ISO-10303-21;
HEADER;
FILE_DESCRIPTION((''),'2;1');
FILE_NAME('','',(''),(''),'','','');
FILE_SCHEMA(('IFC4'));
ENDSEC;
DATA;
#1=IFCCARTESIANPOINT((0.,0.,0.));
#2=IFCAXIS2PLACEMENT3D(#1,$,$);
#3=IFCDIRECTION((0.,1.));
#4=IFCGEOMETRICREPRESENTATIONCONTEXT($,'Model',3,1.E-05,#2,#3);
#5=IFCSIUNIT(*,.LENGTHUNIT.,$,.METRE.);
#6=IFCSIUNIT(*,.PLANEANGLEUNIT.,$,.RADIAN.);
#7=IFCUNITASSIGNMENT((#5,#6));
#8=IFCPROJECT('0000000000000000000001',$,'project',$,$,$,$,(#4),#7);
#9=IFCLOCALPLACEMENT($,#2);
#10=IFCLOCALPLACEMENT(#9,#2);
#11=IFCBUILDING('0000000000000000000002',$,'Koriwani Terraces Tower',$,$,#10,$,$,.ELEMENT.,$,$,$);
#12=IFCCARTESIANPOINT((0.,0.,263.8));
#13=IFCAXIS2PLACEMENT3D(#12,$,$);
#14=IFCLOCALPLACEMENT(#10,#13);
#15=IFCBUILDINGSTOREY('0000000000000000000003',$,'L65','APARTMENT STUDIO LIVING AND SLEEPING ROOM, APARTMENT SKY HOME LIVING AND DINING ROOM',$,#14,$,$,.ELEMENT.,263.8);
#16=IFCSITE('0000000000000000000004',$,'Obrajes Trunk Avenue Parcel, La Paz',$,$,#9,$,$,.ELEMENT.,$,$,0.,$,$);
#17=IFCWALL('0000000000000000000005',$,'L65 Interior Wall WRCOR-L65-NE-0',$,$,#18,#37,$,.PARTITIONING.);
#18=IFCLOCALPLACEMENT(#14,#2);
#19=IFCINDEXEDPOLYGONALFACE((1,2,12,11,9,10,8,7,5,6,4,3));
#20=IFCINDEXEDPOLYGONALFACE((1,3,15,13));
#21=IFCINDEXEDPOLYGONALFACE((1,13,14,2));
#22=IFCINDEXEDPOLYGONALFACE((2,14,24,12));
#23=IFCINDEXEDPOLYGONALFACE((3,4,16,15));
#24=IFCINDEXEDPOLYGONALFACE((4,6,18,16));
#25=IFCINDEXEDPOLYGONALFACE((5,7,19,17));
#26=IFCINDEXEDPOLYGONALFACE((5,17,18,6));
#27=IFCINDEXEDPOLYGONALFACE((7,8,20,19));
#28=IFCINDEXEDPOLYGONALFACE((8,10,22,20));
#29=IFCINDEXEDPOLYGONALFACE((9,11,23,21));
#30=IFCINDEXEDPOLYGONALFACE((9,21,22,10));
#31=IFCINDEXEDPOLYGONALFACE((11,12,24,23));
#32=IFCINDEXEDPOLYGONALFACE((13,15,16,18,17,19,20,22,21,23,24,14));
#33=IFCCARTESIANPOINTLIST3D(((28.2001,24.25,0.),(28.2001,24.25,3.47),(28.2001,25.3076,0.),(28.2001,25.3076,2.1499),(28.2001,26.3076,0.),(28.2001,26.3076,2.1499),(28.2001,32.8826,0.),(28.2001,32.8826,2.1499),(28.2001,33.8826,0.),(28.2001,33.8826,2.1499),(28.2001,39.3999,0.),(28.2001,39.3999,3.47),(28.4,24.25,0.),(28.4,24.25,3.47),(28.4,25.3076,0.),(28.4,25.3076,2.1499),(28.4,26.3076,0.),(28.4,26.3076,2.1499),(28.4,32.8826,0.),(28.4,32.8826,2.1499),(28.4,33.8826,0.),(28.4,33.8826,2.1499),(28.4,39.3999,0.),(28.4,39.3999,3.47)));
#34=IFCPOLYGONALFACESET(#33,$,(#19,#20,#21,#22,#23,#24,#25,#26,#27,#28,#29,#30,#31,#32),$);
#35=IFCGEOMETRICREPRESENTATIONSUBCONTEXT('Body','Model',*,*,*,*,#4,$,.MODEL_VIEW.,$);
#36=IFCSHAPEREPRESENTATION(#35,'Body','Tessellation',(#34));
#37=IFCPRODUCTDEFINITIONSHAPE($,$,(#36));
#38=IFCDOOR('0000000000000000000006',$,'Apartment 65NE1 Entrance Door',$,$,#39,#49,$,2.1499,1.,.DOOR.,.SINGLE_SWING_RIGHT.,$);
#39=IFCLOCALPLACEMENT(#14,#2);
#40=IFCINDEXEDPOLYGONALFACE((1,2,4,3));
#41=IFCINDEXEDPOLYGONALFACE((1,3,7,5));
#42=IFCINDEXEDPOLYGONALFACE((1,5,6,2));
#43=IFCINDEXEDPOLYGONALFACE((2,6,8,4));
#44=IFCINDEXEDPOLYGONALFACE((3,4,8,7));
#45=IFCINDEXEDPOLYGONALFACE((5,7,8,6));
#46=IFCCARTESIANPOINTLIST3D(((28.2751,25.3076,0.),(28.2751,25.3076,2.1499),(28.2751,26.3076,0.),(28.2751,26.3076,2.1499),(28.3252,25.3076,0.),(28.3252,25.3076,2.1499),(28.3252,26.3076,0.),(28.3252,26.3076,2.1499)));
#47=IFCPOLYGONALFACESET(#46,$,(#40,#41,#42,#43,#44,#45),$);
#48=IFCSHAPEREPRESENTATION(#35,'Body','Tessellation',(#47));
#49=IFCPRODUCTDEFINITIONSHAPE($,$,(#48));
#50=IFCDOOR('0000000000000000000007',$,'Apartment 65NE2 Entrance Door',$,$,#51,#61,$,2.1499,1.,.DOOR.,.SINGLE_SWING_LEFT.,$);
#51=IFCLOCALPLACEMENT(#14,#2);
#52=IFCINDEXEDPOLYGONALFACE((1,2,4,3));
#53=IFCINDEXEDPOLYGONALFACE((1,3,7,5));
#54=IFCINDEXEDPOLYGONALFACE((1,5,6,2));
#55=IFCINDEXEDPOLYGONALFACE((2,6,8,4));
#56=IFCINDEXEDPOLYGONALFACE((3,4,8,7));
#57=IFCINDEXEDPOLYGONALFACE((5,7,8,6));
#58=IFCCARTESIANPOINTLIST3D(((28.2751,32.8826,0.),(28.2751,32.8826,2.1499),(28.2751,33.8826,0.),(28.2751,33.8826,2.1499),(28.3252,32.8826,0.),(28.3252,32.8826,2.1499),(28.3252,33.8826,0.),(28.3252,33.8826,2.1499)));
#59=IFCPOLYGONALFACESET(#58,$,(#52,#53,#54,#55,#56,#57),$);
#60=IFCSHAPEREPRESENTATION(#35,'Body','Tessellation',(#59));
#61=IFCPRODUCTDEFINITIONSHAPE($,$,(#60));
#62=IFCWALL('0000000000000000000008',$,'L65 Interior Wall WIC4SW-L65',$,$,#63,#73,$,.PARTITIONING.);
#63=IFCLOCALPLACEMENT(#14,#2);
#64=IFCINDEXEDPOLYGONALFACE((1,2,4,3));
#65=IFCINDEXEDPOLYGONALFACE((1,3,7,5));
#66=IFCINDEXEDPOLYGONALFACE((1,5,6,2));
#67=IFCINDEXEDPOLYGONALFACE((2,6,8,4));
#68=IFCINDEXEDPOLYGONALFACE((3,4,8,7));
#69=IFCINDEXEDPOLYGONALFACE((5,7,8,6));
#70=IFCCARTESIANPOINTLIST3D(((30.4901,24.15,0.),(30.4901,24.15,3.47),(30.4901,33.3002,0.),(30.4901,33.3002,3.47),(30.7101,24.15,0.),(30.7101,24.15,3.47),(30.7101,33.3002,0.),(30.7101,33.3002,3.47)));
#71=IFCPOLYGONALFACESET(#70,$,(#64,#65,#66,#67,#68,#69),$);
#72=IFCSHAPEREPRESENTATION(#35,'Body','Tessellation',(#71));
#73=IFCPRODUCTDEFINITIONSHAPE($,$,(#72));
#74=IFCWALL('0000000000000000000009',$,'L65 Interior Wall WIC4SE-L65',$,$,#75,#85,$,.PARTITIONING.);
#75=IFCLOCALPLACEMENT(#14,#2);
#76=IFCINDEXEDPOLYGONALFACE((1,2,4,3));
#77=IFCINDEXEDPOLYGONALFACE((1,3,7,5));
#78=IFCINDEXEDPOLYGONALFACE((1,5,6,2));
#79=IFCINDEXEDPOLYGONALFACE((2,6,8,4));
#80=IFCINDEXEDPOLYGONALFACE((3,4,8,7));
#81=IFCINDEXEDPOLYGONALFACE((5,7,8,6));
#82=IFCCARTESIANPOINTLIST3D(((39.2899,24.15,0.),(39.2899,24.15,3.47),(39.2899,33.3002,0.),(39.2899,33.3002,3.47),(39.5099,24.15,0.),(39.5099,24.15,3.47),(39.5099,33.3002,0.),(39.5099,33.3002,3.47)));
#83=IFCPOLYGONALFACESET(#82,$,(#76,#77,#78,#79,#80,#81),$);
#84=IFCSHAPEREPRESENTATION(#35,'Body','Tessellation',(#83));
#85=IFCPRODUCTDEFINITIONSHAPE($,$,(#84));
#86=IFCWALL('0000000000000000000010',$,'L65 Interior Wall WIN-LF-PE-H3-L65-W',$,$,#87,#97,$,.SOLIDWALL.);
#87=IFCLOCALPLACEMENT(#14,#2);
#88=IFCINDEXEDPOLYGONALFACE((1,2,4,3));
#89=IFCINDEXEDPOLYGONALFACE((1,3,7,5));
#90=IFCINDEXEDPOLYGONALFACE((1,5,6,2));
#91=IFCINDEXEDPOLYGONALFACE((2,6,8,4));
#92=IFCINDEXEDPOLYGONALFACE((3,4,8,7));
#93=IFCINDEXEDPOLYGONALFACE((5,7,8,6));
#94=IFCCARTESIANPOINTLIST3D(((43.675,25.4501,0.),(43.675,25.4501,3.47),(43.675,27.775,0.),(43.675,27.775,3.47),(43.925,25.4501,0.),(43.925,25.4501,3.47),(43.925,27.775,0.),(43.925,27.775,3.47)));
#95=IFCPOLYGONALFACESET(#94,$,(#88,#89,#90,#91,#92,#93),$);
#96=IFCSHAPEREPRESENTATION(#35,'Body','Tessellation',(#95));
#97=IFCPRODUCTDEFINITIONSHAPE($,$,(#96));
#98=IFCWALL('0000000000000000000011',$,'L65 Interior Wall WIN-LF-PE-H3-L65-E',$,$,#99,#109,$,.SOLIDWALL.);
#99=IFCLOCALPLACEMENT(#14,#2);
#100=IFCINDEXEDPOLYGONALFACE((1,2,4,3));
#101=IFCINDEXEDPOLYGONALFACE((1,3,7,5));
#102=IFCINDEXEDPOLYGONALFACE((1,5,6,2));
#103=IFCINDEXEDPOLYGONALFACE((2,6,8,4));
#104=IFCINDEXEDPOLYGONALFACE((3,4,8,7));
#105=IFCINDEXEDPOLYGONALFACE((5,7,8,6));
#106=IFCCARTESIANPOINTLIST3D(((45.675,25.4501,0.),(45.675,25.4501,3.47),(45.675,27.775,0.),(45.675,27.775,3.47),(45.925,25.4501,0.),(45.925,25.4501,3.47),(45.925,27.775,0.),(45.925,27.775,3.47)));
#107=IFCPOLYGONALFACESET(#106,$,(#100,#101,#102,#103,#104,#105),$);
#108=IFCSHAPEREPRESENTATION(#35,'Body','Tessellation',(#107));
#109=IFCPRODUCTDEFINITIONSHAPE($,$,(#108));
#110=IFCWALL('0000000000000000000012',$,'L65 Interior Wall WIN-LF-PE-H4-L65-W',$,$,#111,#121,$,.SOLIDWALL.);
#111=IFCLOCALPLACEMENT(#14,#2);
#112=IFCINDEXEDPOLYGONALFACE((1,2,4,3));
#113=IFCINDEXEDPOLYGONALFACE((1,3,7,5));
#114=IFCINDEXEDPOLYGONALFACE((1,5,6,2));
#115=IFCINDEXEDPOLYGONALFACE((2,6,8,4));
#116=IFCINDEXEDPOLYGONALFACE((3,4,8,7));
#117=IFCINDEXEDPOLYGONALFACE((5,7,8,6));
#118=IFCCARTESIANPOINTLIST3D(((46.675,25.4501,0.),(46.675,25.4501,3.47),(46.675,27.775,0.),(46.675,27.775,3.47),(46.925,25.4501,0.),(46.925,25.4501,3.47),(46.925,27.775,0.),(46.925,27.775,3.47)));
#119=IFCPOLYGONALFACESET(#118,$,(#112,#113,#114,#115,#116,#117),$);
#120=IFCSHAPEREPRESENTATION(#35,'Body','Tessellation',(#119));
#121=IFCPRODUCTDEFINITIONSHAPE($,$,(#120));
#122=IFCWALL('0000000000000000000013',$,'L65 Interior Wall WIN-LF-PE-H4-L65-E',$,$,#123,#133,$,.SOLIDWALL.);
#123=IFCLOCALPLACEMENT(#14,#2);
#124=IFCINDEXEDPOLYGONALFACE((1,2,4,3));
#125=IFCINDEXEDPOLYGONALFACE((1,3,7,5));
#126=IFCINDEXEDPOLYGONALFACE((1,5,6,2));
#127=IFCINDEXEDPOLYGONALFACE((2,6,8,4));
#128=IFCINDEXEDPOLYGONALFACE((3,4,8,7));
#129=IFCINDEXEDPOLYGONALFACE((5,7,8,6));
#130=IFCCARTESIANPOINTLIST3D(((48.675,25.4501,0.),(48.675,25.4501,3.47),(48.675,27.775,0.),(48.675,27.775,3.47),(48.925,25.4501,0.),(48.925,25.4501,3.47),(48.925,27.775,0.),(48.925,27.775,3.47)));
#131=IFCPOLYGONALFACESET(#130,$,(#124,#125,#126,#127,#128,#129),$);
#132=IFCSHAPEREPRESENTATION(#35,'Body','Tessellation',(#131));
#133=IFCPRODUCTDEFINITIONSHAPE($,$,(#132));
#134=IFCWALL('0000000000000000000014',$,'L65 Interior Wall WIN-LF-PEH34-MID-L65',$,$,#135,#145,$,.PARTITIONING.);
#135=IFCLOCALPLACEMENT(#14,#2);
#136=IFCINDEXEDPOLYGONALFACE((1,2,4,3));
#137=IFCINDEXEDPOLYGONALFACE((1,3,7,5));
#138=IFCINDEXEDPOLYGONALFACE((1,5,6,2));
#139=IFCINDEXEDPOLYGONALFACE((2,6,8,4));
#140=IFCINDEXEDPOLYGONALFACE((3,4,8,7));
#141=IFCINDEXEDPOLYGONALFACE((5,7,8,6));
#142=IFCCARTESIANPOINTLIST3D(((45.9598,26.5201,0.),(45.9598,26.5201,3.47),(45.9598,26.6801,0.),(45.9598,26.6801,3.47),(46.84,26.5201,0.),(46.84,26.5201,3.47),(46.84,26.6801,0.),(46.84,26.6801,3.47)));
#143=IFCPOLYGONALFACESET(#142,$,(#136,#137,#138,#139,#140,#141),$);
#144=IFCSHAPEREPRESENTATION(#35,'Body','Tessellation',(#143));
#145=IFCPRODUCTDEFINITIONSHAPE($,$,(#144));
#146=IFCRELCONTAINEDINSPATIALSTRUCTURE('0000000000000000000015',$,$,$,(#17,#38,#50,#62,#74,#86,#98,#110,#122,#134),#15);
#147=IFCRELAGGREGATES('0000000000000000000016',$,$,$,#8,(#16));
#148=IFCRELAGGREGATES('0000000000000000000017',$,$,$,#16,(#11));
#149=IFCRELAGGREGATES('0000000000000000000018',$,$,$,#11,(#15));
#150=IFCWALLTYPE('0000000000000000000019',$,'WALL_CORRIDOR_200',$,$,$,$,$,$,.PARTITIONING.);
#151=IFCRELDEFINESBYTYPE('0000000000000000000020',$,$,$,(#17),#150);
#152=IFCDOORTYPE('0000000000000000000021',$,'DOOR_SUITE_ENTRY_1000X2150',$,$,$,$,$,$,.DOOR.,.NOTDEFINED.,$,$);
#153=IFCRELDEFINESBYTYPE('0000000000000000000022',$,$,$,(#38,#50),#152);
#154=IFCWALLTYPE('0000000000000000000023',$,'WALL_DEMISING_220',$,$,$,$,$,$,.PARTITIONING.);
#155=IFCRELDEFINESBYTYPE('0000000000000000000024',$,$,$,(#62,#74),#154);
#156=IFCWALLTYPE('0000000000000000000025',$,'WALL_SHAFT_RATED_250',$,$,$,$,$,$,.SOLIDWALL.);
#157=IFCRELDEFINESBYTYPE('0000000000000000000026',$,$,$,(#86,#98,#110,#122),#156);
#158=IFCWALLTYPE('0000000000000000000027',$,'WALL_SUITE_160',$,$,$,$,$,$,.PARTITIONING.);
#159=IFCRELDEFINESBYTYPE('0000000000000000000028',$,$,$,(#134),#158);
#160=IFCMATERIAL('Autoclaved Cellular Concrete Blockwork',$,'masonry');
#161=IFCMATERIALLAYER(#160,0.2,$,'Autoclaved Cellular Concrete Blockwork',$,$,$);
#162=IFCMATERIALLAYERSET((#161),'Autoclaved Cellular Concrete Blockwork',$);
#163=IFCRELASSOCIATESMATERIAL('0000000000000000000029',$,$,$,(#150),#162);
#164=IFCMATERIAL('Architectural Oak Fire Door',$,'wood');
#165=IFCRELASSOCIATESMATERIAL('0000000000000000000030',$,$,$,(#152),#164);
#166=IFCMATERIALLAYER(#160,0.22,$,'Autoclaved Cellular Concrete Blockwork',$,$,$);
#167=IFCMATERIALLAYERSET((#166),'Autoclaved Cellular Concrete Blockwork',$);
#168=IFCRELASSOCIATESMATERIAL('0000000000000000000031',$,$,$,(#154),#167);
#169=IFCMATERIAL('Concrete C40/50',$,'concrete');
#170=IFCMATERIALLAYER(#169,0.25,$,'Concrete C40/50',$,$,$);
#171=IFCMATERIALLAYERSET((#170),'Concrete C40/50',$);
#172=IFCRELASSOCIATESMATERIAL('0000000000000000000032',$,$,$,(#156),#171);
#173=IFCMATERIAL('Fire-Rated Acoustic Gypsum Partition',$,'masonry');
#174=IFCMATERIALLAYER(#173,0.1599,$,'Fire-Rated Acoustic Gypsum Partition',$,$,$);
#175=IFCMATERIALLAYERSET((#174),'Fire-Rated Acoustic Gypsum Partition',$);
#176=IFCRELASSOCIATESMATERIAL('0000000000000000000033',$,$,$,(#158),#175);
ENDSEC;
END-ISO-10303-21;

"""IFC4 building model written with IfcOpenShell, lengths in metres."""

from ifc_helpers import new_model, si_unit, direction, frame, frame_2d, origin, place, context, subcontext, project, spatial, rectangle, extrude, material, layer, layer_set, type_object, element, fill, save


model = new_model("IFC4")

# Units and contexts
model_context = context("Model", 3, precision=1e-05, world=origin(), true_north=direction((0.0, 1.0)))
body_context = subcontext(model_context, "Body", "Model", "MODEL_VIEW")
ifc_project = project(units=[si_unit("LENGTHUNIT", "METRE"), si_unit("PLANEANGLEUNIT", "RADIAN")], contexts=[model_context])

# Site, building, storey
site_placement = place(None, origin())
site = spatial("IfcSite", under=ifc_project, at=site_placement, Name="Obrajes Trunk Avenue Parcel, La Paz", CompositionType="ELEMENT", RefElevation=0.0)
building_placement = place(site_placement, origin())
building = spatial("IfcBuilding", under=site, at=building_placement, Name="Koriwani Terraces Tower", CompositionType="ELEMENT")
storey_placement = place(building_placement, frame((0.0, 0.0, 263.8)))
storey = spatial("IfcBuildingStorey", under=building, at=storey_placement, Name="L65", Description="APARTMENT STUDIO LIVING AND SLEEPING ROOM, APARTMENT SKY HOME LIVING AND DINING ROOM", CompositionType="ELEMENT", Elevation=263.8)

# Shared definitions
ifc_material_1 = material(Name="Autoclaved Cellular Concrete Blockwork", Category="masonry")
ifc_layer_1 = layer(ifc_material_1, 0.2, Name="Autoclaved Cellular Concrete Blockwork")
ifc_layer_set_1 = layer_set([ifc_layer_1], Name="Autoclaved Cellular Concrete Blockwork")
wall_type_1 = type_object("IfcWallType", Name="WALL_CORRIDOR_200", PredefinedType="PARTITIONING", material=ifc_layer_set_1)
ifc_material_2 = material(Name="Architectural Oak Fire Door", Category="wood")

# Wall, openings, doors
wall_1_placement = place(storey_placement, frame((28.3, 24.25, 0.0), z_axis=(0.0, 0.0, 1.0), x_axis=(0.0, 1.0, 0.0)))
wall_1 = element("IfcWall", 1, at=wall_1_placement, inside=storey, type_object=wall_type_1, Name="L65 Interior Wall WRCOR-L65-NE-0", PredefinedType="PARTITIONING", context=body_context, shape_type="SweptSolid", body=[
    extrude(rectangle(XDim=15.1499, YDim=0.2, at=frame_2d((7.575, 0.0))), origin(), (0.0, 0.0, 1.0), 3.47),
])
opening_1_placement = place(wall_1_placement, frame((1.0576, 0.0, 0.0)))
opening_1 = element("IfcOpeningElement", 2, at=opening_1_placement, cuts=wall_1, PredefinedType="OPENING", context=body_context, shape_type="SweptSolid", body=[
    extrude(rectangle(XDim=1.0, YDim=2.1499, at=frame_2d((0.5, 1.075))), frame((0.0, 0.1099, 0.0), z_axis=(0.0, -1.0, 0.0), x_axis=(1.0, 0.0, 0.0)), (0.0, 0.0, 1.0), 0.22),
])
opening_2_placement = place(wall_1_placement, frame((8.6326, 0.0, 0.0)))
opening_2 = element("IfcOpeningElement", 3, at=opening_2_placement, cuts=wall_1, PredefinedType="OPENING", context=body_context, shape_type="SweptSolid", body=[
    extrude(rectangle(XDim=1.0, YDim=2.1499, at=frame_2d((0.5, 1.075))), frame((0.0, 0.1099, 0.0), z_axis=(0.0, -1.0, 0.0), x_axis=(1.0, 0.0, 0.0)), (0.0, 0.0, 1.0), 0.22),
])
door_type_1 = type_object("IfcDoorType", Name="DOOR_SUITE_ENTRY_1000X2150", OperationType="NOTDEFINED", PredefinedType="DOOR", material=ifc_material_2)
door_1_placement = place(opening_1_placement, origin())
door_1 = element("IfcDoor", 4, at=door_1_placement, inside=storey, type_object=door_type_1, Name="Apartment 65NE1 Entrance Door", OperationType="SINGLE_SWING_RIGHT", OverallHeight=2.1499, OverallWidth=1.0, PredefinedType="DOOR", context=body_context, shape_type="SweptSolid", body=[
    extrude(rectangle(XDim=1.0, YDim=2.1499, at=frame_2d((0.5, 1.075))), frame((0.0, 0.0249, 0.0), z_axis=(0.0, -1.0, 0.0), x_axis=(1.0, 0.0, 0.0)), (0.0, 0.0, 1.0), 0.05),
])
fill(opening_1, door_1)
door_2_placement = place(opening_2_placement, origin())
door_2 = element("IfcDoor", 5, at=door_2_placement, inside=storey, type_object=door_type_1, Name="Apartment 65NE2 Entrance Door", OperationType="SINGLE_SWING_LEFT", OverallHeight=2.1499, OverallWidth=1.0, PredefinedType="DOOR", context=body_context, shape_type="SweptSolid", body=[
    extrude(rectangle(XDim=1.0, YDim=2.1499, at=frame_2d((0.5, 1.075))), frame((0.0, 0.0249, 0.0), z_axis=(0.0, -1.0, 0.0), x_axis=(1.0, 0.0, 0.0)), (0.0, 0.0, 1.0), 0.05),
])
fill(opening_2, door_2)

# Walls
ifc_layer_2 = layer(ifc_material_1, 0.22, Name="Autoclaved Cellular Concrete Blockwork")
ifc_layer_set_2 = layer_set([ifc_layer_2], Name="Autoclaved Cellular Concrete Blockwork")
wall_type_2 = type_object("IfcWallType", Name="WALL_DEMISING_220", PredefinedType="PARTITIONING", material=ifc_layer_set_2)
for number, where, z_axis, x_axis, name in (
    (6, (30.6001, 24.1499, 0.0), (0.0, 0.0, 1.0), (0.0, 1.0, 0.0), "L65 Interior Wall WIC4SW-L65"),
    (7, (39.3999, 24.1499, 0.0), (0.0, 0.0, 1.0), (0.0, 1.0, 0.0), "L65 Interior Wall WIC4SE-L65"),
):
    element("IfcWall", number, at=place(storey_placement, frame(where, z_axis=z_axis, x_axis=x_axis)), inside=storey, type_object=wall_type_2, Name=name, PredefinedType="PARTITIONING", context=body_context, shape_type="SweptSolid", body=[
        extrude(rectangle(XDim=9.1501, YDim=0.22, at=frame_2d((4.5752, 0.0))), origin(), (0.0, 0.0, 1.0), 3.47),
    ])

# Shared definitions
ifc_material_3 = material(Name="Concrete C40/50", Category="concrete")
ifc_layer_3 = layer(ifc_material_3, 0.25, Name="Concrete C40/50")
ifc_layer_set_3 = layer_set([ifc_layer_3], Name="Concrete C40/50")
wall_type_3 = type_object("IfcWallType", Name="WALL_SHAFT_RATED_250", PredefinedType="SOLIDWALL", material=ifc_layer_set_3)

# Walls
for number, where, z_axis, x_axis, name in (
    (8, (43.8, 25.45, 0.0), (0.0, 0.0, 1.0), (0.0, 1.0, 0.0), "L65 Interior Wall WIN-LF-PE-H3-L65-W"),
    (9, (45.8, 25.45, 0.0), (0.0, 0.0, 1.0), (0.0, 1.0, 0.0), "L65 Interior Wall WIN-LF-PE-H3-L65-E"),
    (10, (46.8, 25.45, 0.0), (0.0, 0.0, 1.0), (0.0, 1.0, 0.0), "L65 Interior Wall WIN-LF-PE-H4-L65-W"),
    (11, (48.8, 25.45, 0.0), (0.0, 0.0, 1.0), (0.0, 1.0, 0.0), "L65 Interior Wall WIN-LF-PE-H4-L65-E"),
):
    element("IfcWall", number, at=place(storey_placement, frame(where, z_axis=z_axis, x_axis=x_axis)), inside=storey, type_object=wall_type_3, Name=name, PredefinedType="SOLIDWALL", context=body_context, shape_type="SweptSolid", body=[
        extrude(rectangle(XDim=2.325, YDim=0.25, at=frame_2d((1.1626, 0.0))), origin(), (0.0, 0.0, 1.0), 3.47),
    ])
ifc_material_4 = material(Name="Fire-Rated Acoustic Gypsum Partition", Category="masonry")
ifc_layer_4 = layer(ifc_material_4, 0.1599, Name="Fire-Rated Acoustic Gypsum Partition")
ifc_layer_set_4 = layer_set([ifc_layer_4], Name="Fire-Rated Acoustic Gypsum Partition")
wall_type_4 = type_object("IfcWallType", Name="WALL_SUITE_160", PredefinedType="PARTITIONING", material=ifc_layer_set_4)
wall_2_placement = place(storey_placement, frame((45.96, 26.6001, 0.0), z_axis=(0.0, 0.0, 1.0), x_axis=(1.0, 0.0, 0.0)))
element("IfcWall", 12, at=wall_2_placement, inside=storey, type_object=wall_type_4, Name="L65 Interior Wall WIN-LF-PEH34-MID-L65", PredefinedType="PARTITIONING", context=body_context, shape_type="SweptSolid", body=[
    extrude(rectangle(XDim=0.8801, YDim=0.1599, at=frame_2d((0.4399, 0.0))), origin(), (0.0, 0.0, 1.0), 3.47),
])

save(model, "model.ifc")
